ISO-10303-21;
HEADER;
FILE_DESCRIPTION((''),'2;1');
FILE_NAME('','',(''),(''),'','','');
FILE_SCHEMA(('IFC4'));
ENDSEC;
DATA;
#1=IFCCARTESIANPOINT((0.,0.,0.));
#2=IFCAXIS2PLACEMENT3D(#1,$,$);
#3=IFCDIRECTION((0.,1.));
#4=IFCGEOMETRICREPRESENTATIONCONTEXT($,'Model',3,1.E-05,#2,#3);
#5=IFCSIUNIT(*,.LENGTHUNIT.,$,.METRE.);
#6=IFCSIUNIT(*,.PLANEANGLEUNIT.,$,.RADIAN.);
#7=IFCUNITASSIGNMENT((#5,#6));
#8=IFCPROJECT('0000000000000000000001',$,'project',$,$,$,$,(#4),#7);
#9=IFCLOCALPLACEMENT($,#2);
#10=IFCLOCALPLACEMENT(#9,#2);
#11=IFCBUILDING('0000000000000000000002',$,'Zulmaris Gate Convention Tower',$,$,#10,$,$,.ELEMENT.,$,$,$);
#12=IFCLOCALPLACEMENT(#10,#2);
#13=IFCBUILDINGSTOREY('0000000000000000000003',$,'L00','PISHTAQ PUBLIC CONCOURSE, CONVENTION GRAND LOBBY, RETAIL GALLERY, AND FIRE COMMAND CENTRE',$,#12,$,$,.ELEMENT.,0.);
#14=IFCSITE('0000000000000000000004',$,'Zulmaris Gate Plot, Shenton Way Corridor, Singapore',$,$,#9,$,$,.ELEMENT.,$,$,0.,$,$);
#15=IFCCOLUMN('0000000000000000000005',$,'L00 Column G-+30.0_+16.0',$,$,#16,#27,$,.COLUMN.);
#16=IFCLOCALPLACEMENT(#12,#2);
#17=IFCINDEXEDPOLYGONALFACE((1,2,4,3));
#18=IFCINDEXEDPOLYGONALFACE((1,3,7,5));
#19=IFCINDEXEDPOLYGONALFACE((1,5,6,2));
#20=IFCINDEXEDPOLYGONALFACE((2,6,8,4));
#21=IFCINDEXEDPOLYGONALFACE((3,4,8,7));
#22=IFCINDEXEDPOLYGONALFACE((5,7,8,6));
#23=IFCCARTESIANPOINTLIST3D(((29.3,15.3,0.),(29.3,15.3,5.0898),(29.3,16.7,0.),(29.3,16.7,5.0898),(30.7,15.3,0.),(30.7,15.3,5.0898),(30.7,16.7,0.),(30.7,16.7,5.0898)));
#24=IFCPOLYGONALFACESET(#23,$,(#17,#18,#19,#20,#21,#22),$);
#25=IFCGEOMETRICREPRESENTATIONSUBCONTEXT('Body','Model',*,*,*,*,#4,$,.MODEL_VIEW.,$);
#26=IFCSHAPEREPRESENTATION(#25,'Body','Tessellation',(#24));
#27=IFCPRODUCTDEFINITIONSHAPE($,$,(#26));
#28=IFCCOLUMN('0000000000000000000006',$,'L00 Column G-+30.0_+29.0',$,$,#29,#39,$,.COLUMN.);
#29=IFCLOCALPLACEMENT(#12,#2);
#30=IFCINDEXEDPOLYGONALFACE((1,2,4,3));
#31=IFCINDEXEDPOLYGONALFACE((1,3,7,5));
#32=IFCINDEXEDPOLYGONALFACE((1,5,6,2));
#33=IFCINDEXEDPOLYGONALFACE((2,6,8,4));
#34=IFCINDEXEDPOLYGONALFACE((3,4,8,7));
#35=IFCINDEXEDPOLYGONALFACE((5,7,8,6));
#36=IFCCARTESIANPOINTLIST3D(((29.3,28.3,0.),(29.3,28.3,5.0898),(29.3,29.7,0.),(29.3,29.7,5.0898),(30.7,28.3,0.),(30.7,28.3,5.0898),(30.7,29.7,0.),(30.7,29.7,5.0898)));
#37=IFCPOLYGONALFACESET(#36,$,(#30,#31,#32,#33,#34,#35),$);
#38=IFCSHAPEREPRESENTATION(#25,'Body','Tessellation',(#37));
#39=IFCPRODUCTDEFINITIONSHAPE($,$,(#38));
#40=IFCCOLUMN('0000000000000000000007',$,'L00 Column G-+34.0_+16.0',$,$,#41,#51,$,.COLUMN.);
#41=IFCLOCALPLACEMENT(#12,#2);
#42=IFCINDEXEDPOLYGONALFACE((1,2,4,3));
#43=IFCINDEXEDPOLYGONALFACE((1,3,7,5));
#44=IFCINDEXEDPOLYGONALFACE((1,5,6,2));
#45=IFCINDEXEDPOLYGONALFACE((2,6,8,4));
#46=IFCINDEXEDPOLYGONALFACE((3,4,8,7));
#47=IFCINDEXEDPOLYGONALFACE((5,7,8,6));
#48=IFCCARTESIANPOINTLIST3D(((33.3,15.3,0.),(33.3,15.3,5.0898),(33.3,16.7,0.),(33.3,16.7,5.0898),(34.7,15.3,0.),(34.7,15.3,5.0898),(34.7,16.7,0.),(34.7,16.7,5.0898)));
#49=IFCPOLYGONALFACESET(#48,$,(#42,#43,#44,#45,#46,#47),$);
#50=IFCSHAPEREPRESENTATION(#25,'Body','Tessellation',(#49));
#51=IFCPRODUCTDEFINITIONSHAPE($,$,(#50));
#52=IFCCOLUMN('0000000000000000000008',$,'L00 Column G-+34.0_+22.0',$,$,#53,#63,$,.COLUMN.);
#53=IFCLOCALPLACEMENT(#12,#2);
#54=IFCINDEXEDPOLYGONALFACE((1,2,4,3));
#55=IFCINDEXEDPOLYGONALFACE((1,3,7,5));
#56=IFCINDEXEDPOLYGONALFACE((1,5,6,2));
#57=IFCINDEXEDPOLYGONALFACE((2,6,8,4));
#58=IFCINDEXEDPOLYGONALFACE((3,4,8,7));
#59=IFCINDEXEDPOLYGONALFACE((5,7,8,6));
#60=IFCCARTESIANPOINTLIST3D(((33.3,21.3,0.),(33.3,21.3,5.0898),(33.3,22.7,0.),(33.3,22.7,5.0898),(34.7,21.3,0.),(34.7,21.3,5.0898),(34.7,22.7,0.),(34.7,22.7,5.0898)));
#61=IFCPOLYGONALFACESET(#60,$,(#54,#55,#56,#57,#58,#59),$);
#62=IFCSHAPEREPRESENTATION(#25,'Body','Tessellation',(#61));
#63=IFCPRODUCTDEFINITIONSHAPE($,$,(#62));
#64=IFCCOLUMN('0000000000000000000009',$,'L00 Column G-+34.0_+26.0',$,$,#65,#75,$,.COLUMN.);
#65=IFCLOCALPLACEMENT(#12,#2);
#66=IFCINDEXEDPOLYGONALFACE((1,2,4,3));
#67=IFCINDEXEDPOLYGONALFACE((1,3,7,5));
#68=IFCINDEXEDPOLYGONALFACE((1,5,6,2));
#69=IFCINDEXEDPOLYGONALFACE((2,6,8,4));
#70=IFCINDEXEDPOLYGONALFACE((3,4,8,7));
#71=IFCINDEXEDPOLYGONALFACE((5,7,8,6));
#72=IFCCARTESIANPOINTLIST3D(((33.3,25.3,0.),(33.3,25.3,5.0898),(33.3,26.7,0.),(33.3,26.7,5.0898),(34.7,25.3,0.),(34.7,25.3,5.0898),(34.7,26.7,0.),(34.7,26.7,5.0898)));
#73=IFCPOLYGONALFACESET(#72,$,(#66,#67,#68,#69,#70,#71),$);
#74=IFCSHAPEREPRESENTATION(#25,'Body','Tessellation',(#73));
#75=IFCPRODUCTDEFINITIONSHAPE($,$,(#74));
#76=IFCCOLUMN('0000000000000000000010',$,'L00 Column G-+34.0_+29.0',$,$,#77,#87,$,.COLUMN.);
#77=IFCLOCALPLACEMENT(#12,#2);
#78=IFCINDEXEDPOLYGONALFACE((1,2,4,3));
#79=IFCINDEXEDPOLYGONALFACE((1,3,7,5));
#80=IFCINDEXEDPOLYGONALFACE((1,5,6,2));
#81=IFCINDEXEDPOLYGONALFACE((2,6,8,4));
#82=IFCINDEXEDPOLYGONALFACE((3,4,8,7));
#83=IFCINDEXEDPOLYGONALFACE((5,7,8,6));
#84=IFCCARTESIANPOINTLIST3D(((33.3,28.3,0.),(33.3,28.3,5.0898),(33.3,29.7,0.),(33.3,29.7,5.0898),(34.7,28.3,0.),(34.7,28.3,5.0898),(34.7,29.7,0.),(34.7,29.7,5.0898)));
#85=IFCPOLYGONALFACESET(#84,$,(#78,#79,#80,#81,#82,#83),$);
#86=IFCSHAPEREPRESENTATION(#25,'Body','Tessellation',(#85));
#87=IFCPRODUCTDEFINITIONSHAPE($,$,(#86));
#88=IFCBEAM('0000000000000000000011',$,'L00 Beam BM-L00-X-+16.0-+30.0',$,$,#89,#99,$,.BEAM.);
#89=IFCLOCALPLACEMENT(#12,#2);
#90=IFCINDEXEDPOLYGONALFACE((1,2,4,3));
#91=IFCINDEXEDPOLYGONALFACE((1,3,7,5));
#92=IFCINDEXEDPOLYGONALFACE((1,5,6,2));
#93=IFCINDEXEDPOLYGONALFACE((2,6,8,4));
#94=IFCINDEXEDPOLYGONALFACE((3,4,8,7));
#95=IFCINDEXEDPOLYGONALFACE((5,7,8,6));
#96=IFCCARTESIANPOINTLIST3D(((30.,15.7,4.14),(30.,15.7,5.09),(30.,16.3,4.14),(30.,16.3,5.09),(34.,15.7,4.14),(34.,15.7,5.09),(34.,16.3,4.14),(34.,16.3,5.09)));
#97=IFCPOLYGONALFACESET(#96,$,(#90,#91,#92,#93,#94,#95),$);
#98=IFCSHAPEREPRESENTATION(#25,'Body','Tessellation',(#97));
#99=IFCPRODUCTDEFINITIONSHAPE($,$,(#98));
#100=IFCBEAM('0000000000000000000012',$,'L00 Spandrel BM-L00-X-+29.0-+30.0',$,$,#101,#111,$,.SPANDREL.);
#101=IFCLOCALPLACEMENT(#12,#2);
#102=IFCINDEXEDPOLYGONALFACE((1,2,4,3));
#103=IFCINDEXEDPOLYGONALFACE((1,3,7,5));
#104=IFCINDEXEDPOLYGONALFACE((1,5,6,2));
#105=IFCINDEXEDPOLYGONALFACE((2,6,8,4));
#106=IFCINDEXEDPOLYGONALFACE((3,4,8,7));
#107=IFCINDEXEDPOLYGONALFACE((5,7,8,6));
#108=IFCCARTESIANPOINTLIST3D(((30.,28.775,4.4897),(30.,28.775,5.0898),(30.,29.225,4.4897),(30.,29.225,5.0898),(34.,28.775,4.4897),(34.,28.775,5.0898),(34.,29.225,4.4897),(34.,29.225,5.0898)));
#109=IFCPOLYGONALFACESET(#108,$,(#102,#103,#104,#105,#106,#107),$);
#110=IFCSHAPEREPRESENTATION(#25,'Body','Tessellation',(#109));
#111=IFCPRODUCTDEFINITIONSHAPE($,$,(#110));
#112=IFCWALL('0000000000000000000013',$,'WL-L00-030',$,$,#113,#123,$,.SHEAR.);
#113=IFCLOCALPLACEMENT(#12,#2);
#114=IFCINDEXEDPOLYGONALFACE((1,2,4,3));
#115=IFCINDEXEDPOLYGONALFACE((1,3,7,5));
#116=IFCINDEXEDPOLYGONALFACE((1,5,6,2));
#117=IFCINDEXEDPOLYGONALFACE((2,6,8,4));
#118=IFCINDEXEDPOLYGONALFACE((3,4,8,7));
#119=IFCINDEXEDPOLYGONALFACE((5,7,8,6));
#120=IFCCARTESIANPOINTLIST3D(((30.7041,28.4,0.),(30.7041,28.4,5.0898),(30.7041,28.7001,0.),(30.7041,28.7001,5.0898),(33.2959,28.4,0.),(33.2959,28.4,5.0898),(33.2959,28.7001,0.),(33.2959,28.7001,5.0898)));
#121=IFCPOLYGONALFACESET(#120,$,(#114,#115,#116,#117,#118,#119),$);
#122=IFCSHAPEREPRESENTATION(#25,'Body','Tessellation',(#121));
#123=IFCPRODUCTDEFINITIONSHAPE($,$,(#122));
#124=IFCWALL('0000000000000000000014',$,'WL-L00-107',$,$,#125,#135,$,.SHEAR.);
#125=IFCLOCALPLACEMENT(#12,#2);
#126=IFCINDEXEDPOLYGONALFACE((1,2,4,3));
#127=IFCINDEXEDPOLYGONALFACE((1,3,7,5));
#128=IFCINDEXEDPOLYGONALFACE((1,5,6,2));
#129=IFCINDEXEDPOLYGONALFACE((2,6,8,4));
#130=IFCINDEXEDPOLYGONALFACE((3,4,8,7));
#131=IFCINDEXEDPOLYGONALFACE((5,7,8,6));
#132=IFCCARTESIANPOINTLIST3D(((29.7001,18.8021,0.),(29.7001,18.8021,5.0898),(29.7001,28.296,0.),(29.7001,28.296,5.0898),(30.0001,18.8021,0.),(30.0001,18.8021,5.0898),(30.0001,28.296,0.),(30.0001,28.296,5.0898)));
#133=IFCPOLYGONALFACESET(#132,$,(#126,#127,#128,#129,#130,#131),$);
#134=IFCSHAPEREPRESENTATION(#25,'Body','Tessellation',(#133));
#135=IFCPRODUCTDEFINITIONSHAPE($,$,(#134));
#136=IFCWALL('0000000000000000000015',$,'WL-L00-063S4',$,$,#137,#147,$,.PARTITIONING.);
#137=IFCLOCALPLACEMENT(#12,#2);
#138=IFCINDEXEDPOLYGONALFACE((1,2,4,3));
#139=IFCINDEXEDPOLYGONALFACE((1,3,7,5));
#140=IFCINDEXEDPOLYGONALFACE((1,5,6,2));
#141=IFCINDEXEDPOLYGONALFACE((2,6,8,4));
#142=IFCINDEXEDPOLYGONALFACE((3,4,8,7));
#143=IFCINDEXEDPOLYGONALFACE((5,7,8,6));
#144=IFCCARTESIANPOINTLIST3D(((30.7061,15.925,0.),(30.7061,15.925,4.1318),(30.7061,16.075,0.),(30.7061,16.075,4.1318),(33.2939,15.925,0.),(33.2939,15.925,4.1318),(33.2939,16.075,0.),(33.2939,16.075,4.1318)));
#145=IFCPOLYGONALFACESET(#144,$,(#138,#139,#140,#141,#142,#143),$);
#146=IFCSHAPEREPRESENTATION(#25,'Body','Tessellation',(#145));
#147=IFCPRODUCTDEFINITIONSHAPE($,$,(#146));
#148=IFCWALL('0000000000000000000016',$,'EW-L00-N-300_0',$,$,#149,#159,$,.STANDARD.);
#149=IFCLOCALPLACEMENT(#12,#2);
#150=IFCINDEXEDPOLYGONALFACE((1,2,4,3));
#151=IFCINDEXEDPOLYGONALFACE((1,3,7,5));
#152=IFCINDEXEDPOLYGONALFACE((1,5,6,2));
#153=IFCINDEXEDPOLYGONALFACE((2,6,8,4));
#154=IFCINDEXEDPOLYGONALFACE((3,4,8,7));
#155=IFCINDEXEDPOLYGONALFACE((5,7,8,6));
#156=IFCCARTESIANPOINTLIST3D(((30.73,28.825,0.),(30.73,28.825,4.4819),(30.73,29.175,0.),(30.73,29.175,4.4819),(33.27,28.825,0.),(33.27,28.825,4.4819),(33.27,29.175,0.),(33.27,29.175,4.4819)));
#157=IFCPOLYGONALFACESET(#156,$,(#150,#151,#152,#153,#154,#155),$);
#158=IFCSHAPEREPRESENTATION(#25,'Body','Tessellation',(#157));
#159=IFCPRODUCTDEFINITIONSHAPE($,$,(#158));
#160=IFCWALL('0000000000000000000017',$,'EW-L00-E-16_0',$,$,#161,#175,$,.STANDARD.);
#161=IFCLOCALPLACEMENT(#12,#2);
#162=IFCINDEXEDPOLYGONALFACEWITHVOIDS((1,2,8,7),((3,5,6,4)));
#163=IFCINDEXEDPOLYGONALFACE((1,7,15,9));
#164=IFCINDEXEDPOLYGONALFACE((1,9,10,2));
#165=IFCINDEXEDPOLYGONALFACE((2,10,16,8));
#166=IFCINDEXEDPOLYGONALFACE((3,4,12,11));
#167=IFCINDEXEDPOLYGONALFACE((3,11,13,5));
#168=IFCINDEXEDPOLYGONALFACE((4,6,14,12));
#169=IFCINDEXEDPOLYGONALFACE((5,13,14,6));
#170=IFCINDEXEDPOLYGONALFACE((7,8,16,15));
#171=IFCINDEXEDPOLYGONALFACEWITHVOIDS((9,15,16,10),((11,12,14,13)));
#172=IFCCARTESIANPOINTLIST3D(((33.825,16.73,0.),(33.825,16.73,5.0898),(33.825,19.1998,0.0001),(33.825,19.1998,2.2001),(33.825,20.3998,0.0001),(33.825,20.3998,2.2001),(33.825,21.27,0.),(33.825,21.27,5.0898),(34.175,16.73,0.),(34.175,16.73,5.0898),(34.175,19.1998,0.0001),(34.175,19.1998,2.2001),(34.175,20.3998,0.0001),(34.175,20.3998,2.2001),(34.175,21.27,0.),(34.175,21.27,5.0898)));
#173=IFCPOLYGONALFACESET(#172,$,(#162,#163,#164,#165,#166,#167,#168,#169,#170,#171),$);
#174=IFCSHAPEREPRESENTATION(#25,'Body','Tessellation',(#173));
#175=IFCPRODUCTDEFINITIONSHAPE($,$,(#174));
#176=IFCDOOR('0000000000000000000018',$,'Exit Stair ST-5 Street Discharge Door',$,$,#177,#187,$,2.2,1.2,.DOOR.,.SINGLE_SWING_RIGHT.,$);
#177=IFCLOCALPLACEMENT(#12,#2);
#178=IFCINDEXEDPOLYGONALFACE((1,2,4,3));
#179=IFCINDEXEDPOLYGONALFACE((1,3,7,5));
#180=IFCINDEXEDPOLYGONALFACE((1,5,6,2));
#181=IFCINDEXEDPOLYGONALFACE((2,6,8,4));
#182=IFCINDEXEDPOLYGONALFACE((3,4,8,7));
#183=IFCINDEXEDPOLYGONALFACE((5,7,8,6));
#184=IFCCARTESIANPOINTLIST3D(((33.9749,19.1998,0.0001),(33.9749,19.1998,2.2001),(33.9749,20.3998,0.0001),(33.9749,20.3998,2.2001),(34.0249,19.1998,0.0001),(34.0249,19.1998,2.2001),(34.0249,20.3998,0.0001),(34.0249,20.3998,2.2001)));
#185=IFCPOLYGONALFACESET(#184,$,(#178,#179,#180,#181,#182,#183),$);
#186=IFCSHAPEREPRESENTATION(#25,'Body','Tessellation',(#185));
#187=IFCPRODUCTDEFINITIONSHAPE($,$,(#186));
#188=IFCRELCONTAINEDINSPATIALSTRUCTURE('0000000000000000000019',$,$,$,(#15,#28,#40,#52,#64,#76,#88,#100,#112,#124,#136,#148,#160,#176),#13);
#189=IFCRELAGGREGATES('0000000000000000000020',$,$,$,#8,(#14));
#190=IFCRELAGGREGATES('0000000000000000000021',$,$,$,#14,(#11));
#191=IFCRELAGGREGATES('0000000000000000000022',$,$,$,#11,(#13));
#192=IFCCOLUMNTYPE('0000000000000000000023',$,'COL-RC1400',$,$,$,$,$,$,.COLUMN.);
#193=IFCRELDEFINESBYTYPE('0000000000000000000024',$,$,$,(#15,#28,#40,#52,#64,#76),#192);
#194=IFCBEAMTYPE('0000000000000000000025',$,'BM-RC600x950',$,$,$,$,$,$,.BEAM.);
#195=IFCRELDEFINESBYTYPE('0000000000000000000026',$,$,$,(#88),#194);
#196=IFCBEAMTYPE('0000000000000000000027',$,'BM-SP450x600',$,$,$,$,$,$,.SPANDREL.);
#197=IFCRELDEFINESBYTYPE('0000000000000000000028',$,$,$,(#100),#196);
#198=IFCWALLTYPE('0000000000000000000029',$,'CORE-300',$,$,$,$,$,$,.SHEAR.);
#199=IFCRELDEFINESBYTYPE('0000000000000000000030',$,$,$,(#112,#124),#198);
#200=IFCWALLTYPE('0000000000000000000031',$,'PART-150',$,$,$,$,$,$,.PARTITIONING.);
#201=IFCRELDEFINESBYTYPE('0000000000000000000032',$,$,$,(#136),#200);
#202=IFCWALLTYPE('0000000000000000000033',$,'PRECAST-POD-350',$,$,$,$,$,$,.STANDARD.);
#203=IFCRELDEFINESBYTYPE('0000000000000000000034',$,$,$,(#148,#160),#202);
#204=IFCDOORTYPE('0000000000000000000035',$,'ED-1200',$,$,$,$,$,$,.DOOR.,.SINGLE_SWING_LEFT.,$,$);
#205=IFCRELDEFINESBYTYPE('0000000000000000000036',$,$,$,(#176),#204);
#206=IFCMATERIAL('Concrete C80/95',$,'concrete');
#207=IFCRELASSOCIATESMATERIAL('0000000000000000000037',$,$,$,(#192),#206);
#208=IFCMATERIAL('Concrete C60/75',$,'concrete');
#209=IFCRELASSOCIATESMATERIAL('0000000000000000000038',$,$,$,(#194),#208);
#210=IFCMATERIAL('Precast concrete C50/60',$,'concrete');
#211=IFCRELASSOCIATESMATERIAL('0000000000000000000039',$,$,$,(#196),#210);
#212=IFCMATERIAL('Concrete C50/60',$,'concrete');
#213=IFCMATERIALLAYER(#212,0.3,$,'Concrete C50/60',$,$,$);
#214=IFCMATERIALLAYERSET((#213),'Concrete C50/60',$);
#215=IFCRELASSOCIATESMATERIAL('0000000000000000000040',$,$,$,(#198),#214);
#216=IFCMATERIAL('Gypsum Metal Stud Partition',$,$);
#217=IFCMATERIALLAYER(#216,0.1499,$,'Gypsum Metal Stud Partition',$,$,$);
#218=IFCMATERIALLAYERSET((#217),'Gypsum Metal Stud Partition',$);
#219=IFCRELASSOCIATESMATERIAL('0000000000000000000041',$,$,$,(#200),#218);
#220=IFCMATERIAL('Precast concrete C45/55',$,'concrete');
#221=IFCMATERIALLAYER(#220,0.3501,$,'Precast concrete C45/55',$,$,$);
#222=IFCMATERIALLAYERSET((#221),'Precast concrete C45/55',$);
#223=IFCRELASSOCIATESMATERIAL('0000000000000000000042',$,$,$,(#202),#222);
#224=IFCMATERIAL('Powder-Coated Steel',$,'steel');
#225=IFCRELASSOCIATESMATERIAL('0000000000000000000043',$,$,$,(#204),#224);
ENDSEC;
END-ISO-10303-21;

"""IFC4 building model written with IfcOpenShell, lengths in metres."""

from ifc_helpers import new_model, si_unit, direction, frame, frame_2d, origin, origin_2d, place, context, subcontext, project, spatial, rectangle, extrude, material, layer, layer_set, material_profile, profile_set, type_object, element, fill, save


model = new_model("IFC4")

# Units and contexts
model_context = context("Model", 3, precision=1e-05, world=origin(), true_north=direction((0.0, 1.0)))
body_context = subcontext(model_context, "Body", "Model", "MODEL_VIEW")
ifc_project = project(units=[si_unit("LENGTHUNIT", "METRE"), si_unit("PLANEANGLEUNIT", "RADIAN")], contexts=[model_context])

# Site, building, storey
site_placement = place(None, origin())
site = spatial("IfcSite", under=ifc_project, at=site_placement, Name="Zulmaris Gate Plot, Shenton Way Corridor, Singapore", CompositionType="ELEMENT", RefElevation=0.0)
building_placement = place(site_placement, origin())
building = spatial("IfcBuilding", under=site, at=building_placement, Name="Zulmaris Gate Convention Tower", CompositionType="ELEMENT")
storey_placement = place(building_placement, origin())
storey = spatial("IfcBuildingStorey", under=building, at=storey_placement, Name="L00", Description="PISHTAQ PUBLIC CONCOURSE, CONVENTION GRAND LOBBY, RETAIL GALLERY, AND FIRE COMMAND CENTRE", CompositionType="ELEMENT", Elevation=0.0)

# Columns
ifc_material_1 = material(Name="Concrete C80/95", Category="concrete")
ifc_material_profile_1 = material_profile(ifc_material_1, rectangle(XDim=1.3999, YDim=1.3999, at=origin_2d()), Name="RC COL 1400x1400")
ifc_profile_set_1 = profile_set([ifc_material_profile_1], Name="Concrete C80/95")
column_type = type_object("IfcColumnType", Name="COL-RC1400", PredefinedType="COLUMN", material=ifc_profile_set_1)
for number, where, z_axis, x_axis, name in (
    (1, (30.0, 16.0, 0.0), (0.0, 0.0, 1.0), (1.0, 0.0, 0.0), "L00 Column G-+30.0_+16.0"),
    (2, (30.0, 29.0, 0.0), (0.0, 0.0, 1.0), (1.0, 0.0, 0.0), "L00 Column G-+30.0_+29.0"),
    (3, (34.0, 16.0, 0.0), (0.0, 0.0, 1.0), (1.0, 0.0, 0.0), "L00 Column G-+34.0_+16.0"),
    (4, (34.0, 22.0, 0.0), (0.0, 0.0, 1.0), (1.0, 0.0, 0.0), "L00 Column G-+34.0_+22.0"),
    (5, (34.0, 26.0, 0.0), (0.0, 0.0, 1.0), (1.0, 0.0, 0.0), "L00 Column G-+34.0_+26.0"),
    (6, (34.0, 29.0, 0.0), (0.0, 0.0, 1.0), (1.0, 0.0, 0.0), "L00 Column G-+34.0_+29.0"),
):
    element("IfcColumn", number, at=place(storey_placement, frame(where, z_axis=z_axis, x_axis=x_axis)), inside=storey, type_object=column_type, Name=name, PredefinedType="COLUMN", context=body_context, shape_type="SweptSolid", body=[
        extrude(rectangle(XDim=1.3999, YDim=1.3999, at=origin_2d()), origin(), (0.0, 0.0, 1.0), 5.0898),
    ])

# Beams
ifc_material_2 = material(Name="Concrete C60/75", Category="concrete")
ifc_material_profile_2 = material_profile(ifc_material_2, rectangle(XDim=0.6001, YDim=0.95, at=origin_2d()), Name="RC BEAM 600x950")
ifc_profile_set_2 = profile_set([ifc_material_profile_2], Name="Concrete C60/75")
beam_type_1 = type_object("IfcBeamType", Name="BM-RC600x950", PredefinedType="BEAM", material=ifc_profile_set_2)
beam_1_placement = place(storey_placement, frame((30.0, 16.0, 4.615), z_axis=(1.0, 0.0, 0.0), x_axis=(0.0, 1.0, 0.0)))
element("IfcBeam", 7, at=beam_1_placement, inside=storey, type_object=beam_type_1, Name="L00 Beam BM-L00-X-+16.0-+30.0", PredefinedType="BEAM", context=body_context, shape_type="SweptSolid", body=[
    extrude(rectangle(XDim=0.6001, YDim=0.95, at=origin_2d()), origin(), (0.0, 0.0, 1.0), 4.0),
])
ifc_material_3 = material(Name="Precast concrete C50/60", Category="concrete")
ifc_material_profile_3 = material_profile(ifc_material_3, rectangle(XDim=0.45, YDim=0.6001, at=origin_2d()), Name="RC SPANDREL 450x600")
ifc_profile_set_3 = profile_set([ifc_material_profile_3], Name="Precast concrete C50/60")
beam_type_2 = type_object("IfcBeamType", Name="BM-SP450x600", PredefinedType="SPANDREL", material=ifc_profile_set_3)
beam_2_placement = place(storey_placement, frame((30.0, 29.0, 4.7898), z_axis=(1.0, 0.0, 0.0), x_axis=(0.0, 1.0, 0.0)))
element("IfcBeam", 8, at=beam_2_placement, inside=storey, type_object=beam_type_2, Name="L00 Spandrel BM-L00-X-+29.0-+30.0", PredefinedType="SPANDREL", context=body_context, shape_type="SweptSolid", body=[
    extrude(rectangle(XDim=0.45, YDim=0.6001, at=origin_2d()), origin(), (0.0, 0.0, 1.0), 4.0),
])

# Shared definitions
ifc_material_4 = material(Name="Concrete C50/60", Category="concrete")
ifc_layer_1 = layer(ifc_material_4, 0.3, Name="Concrete C50/60")
ifc_layer_set_1 = layer_set([ifc_layer_1], Name="Concrete C50/60")
wall_type_1 = type_object("IfcWallType", Name="CORE-300", PredefinedType="SHEAR", material=ifc_layer_set_1)

# Walls
wall_1_placement = place(storey_placement, frame((30.7041, 28.55, 0.0), z_axis=(0.0, 0.0, 1.0), x_axis=(1.0, 0.0, 0.0)))
element("IfcWall", 9, at=wall_1_placement, inside=storey, type_object=wall_type_1, Name="WL-L00-030", PredefinedType="SHEAR", context=body_context, shape_type="SweptSolid", body=[
    extrude(rectangle(XDim=2.5918, YDim=0.3, at=frame_2d((1.2959, 0.0))), origin(), (0.0, 0.0, 1.0), 5.0898),
])
wall_2_placement = place(storey_placement, frame((29.8501, 18.802, 0.0), z_axis=(0.0, 0.0, 1.0), x_axis=(0.0, 1.0, 0.0)))
element("IfcWall", 10, at=wall_2_placement, inside=storey, type_object=wall_type_1, Name="WL-L00-107", PredefinedType="SHEAR", context=body_context, shape_type="SweptSolid", body=[
    extrude(rectangle(XDim=9.4939, YDim=0.3, at=frame_2d((4.7471, 0.0))), origin(), (0.0, 0.0, 1.0), 5.0898),
])
ifc_material_5 = material(Name="Gypsum Metal Stud Partition")
ifc_layer_2 = layer(ifc_material_5, 0.1499, Name="Gypsum Metal Stud Partition")
ifc_layer_set_2 = layer_set([ifc_layer_2], Name="Gypsum Metal Stud Partition")
wall_type_2 = type_object("IfcWallType", Name="PART-150", PredefinedType="PARTITIONING", material=ifc_layer_set_2)
wall_3_placement = place(storey_placement, frame((30.7061, 16.0, 0.0), z_axis=(0.0, 0.0, 1.0), x_axis=(1.0, 0.0, 0.0)))
element("IfcWall", 11, at=wall_3_placement, inside=storey, type_object=wall_type_2, Name="WL-L00-063S4", PredefinedType="PARTITIONING", context=body_context, shape_type="SweptSolid", body=[
    extrude(rectangle(XDim=2.5879, YDim=0.1499, at=frame_2d((1.2939, 0.0))), origin(), (0.0, 0.0, 1.0), 4.1318),
])
ifc_material_6 = material(Name="Precast concrete C45/55", Category="concrete")
ifc_layer_3 = layer(ifc_material_6, 0.3501, Name="Precast concrete C45/55")
ifc_layer_set_3 = layer_set([ifc_layer_3], Name="Precast concrete C45/55")
wall_type_3 = type_object("IfcWallType", Name="PRECAST-POD-350", PredefinedType="STANDARD", material=ifc_layer_set_3)
wall_4_placement = place(storey_placement, frame((33.27, 29.0, 0.0), z_axis=(0.0, 0.0, 1.0), x_axis=(-1.0, 0.0, 0.0)))
element("IfcWall", 12, at=wall_4_placement, inside=storey, type_object=wall_type_3, Name="EW-L00-N-300_0", PredefinedType="STANDARD", context=body_context, shape_type="SweptSolid", body=[
    extrude(rectangle(XDim=2.54, YDim=0.3501, at=frame_2d((1.27, 0.0))), origin(), (0.0, 0.0, 1.0), 4.4819),
])

# Wall, opening, door
wall_5_placement = place(storey_placement, frame((34.0, 21.27, 0.0), z_axis=(0.0, 0.0, 1.0), x_axis=(0.0, -1.0, 0.0)))
wall_5 = element("IfcWall", 13, at=wall_5_placement, inside=storey, type_object=wall_type_3, Name="EW-L00-E-16_0", PredefinedType="STANDARD", context=body_context, shape_type="SweptSolid", body=[
    extrude(rectangle(XDim=4.54, YDim=0.3501, at=frame_2d((2.27, 0.0))), origin(), (0.0, 0.0, 1.0), 5.0898),
])
opening_1_placement = place(wall_5_placement, frame((0.8701, 0.0, 0.0)))
opening_1 = element("IfcOpeningElement", 14, at=opening_1_placement, cuts=wall_5, PredefinedType="OPENING", context=body_context, shape_type="SweptSolid", body=[
    extrude(rectangle(XDim=1.2, YDim=2.2, at=frame_2d((0.6001, 1.1001))), frame((0.0, 0.1851, 0.0), z_axis=(0.0, -1.0, 0.0), x_axis=(1.0, 0.0, 0.0)), (0.0, 0.0, 1.0), 0.3701),
])
ifc_material_7 = material(Name="Powder-Coated Steel", Category="steel")
door_type_1 = type_object("IfcDoorType", Name="ED-1200", OperationType="SINGLE_SWING_LEFT", PredefinedType="DOOR", material=ifc_material_7)
door_1_placement = place(opening_1_placement, origin())
door_1 = element("IfcDoor", 15, at=door_1_placement, inside=storey, type_object=door_type_1, Name="Exit Stair ST-5 Street Discharge Door", OperationType="SINGLE_SWING_RIGHT", OverallHeight=2.2, OverallWidth=1.2, PredefinedType="DOOR", context=body_context, shape_type="SweptSolid", body=[
    extrude(rectangle(XDim=1.2, YDim=2.2, at=frame_2d((0.6001, 1.1001))), frame((0.0, 0.0249, 0.0), z_axis=(0.0, -1.0, 0.0), x_axis=(1.0, 0.0, 0.0)), (0.0, 0.0, 1.0), 0.05),
])
fill(opening_1, door_1)

save(model, "model.ifc")
